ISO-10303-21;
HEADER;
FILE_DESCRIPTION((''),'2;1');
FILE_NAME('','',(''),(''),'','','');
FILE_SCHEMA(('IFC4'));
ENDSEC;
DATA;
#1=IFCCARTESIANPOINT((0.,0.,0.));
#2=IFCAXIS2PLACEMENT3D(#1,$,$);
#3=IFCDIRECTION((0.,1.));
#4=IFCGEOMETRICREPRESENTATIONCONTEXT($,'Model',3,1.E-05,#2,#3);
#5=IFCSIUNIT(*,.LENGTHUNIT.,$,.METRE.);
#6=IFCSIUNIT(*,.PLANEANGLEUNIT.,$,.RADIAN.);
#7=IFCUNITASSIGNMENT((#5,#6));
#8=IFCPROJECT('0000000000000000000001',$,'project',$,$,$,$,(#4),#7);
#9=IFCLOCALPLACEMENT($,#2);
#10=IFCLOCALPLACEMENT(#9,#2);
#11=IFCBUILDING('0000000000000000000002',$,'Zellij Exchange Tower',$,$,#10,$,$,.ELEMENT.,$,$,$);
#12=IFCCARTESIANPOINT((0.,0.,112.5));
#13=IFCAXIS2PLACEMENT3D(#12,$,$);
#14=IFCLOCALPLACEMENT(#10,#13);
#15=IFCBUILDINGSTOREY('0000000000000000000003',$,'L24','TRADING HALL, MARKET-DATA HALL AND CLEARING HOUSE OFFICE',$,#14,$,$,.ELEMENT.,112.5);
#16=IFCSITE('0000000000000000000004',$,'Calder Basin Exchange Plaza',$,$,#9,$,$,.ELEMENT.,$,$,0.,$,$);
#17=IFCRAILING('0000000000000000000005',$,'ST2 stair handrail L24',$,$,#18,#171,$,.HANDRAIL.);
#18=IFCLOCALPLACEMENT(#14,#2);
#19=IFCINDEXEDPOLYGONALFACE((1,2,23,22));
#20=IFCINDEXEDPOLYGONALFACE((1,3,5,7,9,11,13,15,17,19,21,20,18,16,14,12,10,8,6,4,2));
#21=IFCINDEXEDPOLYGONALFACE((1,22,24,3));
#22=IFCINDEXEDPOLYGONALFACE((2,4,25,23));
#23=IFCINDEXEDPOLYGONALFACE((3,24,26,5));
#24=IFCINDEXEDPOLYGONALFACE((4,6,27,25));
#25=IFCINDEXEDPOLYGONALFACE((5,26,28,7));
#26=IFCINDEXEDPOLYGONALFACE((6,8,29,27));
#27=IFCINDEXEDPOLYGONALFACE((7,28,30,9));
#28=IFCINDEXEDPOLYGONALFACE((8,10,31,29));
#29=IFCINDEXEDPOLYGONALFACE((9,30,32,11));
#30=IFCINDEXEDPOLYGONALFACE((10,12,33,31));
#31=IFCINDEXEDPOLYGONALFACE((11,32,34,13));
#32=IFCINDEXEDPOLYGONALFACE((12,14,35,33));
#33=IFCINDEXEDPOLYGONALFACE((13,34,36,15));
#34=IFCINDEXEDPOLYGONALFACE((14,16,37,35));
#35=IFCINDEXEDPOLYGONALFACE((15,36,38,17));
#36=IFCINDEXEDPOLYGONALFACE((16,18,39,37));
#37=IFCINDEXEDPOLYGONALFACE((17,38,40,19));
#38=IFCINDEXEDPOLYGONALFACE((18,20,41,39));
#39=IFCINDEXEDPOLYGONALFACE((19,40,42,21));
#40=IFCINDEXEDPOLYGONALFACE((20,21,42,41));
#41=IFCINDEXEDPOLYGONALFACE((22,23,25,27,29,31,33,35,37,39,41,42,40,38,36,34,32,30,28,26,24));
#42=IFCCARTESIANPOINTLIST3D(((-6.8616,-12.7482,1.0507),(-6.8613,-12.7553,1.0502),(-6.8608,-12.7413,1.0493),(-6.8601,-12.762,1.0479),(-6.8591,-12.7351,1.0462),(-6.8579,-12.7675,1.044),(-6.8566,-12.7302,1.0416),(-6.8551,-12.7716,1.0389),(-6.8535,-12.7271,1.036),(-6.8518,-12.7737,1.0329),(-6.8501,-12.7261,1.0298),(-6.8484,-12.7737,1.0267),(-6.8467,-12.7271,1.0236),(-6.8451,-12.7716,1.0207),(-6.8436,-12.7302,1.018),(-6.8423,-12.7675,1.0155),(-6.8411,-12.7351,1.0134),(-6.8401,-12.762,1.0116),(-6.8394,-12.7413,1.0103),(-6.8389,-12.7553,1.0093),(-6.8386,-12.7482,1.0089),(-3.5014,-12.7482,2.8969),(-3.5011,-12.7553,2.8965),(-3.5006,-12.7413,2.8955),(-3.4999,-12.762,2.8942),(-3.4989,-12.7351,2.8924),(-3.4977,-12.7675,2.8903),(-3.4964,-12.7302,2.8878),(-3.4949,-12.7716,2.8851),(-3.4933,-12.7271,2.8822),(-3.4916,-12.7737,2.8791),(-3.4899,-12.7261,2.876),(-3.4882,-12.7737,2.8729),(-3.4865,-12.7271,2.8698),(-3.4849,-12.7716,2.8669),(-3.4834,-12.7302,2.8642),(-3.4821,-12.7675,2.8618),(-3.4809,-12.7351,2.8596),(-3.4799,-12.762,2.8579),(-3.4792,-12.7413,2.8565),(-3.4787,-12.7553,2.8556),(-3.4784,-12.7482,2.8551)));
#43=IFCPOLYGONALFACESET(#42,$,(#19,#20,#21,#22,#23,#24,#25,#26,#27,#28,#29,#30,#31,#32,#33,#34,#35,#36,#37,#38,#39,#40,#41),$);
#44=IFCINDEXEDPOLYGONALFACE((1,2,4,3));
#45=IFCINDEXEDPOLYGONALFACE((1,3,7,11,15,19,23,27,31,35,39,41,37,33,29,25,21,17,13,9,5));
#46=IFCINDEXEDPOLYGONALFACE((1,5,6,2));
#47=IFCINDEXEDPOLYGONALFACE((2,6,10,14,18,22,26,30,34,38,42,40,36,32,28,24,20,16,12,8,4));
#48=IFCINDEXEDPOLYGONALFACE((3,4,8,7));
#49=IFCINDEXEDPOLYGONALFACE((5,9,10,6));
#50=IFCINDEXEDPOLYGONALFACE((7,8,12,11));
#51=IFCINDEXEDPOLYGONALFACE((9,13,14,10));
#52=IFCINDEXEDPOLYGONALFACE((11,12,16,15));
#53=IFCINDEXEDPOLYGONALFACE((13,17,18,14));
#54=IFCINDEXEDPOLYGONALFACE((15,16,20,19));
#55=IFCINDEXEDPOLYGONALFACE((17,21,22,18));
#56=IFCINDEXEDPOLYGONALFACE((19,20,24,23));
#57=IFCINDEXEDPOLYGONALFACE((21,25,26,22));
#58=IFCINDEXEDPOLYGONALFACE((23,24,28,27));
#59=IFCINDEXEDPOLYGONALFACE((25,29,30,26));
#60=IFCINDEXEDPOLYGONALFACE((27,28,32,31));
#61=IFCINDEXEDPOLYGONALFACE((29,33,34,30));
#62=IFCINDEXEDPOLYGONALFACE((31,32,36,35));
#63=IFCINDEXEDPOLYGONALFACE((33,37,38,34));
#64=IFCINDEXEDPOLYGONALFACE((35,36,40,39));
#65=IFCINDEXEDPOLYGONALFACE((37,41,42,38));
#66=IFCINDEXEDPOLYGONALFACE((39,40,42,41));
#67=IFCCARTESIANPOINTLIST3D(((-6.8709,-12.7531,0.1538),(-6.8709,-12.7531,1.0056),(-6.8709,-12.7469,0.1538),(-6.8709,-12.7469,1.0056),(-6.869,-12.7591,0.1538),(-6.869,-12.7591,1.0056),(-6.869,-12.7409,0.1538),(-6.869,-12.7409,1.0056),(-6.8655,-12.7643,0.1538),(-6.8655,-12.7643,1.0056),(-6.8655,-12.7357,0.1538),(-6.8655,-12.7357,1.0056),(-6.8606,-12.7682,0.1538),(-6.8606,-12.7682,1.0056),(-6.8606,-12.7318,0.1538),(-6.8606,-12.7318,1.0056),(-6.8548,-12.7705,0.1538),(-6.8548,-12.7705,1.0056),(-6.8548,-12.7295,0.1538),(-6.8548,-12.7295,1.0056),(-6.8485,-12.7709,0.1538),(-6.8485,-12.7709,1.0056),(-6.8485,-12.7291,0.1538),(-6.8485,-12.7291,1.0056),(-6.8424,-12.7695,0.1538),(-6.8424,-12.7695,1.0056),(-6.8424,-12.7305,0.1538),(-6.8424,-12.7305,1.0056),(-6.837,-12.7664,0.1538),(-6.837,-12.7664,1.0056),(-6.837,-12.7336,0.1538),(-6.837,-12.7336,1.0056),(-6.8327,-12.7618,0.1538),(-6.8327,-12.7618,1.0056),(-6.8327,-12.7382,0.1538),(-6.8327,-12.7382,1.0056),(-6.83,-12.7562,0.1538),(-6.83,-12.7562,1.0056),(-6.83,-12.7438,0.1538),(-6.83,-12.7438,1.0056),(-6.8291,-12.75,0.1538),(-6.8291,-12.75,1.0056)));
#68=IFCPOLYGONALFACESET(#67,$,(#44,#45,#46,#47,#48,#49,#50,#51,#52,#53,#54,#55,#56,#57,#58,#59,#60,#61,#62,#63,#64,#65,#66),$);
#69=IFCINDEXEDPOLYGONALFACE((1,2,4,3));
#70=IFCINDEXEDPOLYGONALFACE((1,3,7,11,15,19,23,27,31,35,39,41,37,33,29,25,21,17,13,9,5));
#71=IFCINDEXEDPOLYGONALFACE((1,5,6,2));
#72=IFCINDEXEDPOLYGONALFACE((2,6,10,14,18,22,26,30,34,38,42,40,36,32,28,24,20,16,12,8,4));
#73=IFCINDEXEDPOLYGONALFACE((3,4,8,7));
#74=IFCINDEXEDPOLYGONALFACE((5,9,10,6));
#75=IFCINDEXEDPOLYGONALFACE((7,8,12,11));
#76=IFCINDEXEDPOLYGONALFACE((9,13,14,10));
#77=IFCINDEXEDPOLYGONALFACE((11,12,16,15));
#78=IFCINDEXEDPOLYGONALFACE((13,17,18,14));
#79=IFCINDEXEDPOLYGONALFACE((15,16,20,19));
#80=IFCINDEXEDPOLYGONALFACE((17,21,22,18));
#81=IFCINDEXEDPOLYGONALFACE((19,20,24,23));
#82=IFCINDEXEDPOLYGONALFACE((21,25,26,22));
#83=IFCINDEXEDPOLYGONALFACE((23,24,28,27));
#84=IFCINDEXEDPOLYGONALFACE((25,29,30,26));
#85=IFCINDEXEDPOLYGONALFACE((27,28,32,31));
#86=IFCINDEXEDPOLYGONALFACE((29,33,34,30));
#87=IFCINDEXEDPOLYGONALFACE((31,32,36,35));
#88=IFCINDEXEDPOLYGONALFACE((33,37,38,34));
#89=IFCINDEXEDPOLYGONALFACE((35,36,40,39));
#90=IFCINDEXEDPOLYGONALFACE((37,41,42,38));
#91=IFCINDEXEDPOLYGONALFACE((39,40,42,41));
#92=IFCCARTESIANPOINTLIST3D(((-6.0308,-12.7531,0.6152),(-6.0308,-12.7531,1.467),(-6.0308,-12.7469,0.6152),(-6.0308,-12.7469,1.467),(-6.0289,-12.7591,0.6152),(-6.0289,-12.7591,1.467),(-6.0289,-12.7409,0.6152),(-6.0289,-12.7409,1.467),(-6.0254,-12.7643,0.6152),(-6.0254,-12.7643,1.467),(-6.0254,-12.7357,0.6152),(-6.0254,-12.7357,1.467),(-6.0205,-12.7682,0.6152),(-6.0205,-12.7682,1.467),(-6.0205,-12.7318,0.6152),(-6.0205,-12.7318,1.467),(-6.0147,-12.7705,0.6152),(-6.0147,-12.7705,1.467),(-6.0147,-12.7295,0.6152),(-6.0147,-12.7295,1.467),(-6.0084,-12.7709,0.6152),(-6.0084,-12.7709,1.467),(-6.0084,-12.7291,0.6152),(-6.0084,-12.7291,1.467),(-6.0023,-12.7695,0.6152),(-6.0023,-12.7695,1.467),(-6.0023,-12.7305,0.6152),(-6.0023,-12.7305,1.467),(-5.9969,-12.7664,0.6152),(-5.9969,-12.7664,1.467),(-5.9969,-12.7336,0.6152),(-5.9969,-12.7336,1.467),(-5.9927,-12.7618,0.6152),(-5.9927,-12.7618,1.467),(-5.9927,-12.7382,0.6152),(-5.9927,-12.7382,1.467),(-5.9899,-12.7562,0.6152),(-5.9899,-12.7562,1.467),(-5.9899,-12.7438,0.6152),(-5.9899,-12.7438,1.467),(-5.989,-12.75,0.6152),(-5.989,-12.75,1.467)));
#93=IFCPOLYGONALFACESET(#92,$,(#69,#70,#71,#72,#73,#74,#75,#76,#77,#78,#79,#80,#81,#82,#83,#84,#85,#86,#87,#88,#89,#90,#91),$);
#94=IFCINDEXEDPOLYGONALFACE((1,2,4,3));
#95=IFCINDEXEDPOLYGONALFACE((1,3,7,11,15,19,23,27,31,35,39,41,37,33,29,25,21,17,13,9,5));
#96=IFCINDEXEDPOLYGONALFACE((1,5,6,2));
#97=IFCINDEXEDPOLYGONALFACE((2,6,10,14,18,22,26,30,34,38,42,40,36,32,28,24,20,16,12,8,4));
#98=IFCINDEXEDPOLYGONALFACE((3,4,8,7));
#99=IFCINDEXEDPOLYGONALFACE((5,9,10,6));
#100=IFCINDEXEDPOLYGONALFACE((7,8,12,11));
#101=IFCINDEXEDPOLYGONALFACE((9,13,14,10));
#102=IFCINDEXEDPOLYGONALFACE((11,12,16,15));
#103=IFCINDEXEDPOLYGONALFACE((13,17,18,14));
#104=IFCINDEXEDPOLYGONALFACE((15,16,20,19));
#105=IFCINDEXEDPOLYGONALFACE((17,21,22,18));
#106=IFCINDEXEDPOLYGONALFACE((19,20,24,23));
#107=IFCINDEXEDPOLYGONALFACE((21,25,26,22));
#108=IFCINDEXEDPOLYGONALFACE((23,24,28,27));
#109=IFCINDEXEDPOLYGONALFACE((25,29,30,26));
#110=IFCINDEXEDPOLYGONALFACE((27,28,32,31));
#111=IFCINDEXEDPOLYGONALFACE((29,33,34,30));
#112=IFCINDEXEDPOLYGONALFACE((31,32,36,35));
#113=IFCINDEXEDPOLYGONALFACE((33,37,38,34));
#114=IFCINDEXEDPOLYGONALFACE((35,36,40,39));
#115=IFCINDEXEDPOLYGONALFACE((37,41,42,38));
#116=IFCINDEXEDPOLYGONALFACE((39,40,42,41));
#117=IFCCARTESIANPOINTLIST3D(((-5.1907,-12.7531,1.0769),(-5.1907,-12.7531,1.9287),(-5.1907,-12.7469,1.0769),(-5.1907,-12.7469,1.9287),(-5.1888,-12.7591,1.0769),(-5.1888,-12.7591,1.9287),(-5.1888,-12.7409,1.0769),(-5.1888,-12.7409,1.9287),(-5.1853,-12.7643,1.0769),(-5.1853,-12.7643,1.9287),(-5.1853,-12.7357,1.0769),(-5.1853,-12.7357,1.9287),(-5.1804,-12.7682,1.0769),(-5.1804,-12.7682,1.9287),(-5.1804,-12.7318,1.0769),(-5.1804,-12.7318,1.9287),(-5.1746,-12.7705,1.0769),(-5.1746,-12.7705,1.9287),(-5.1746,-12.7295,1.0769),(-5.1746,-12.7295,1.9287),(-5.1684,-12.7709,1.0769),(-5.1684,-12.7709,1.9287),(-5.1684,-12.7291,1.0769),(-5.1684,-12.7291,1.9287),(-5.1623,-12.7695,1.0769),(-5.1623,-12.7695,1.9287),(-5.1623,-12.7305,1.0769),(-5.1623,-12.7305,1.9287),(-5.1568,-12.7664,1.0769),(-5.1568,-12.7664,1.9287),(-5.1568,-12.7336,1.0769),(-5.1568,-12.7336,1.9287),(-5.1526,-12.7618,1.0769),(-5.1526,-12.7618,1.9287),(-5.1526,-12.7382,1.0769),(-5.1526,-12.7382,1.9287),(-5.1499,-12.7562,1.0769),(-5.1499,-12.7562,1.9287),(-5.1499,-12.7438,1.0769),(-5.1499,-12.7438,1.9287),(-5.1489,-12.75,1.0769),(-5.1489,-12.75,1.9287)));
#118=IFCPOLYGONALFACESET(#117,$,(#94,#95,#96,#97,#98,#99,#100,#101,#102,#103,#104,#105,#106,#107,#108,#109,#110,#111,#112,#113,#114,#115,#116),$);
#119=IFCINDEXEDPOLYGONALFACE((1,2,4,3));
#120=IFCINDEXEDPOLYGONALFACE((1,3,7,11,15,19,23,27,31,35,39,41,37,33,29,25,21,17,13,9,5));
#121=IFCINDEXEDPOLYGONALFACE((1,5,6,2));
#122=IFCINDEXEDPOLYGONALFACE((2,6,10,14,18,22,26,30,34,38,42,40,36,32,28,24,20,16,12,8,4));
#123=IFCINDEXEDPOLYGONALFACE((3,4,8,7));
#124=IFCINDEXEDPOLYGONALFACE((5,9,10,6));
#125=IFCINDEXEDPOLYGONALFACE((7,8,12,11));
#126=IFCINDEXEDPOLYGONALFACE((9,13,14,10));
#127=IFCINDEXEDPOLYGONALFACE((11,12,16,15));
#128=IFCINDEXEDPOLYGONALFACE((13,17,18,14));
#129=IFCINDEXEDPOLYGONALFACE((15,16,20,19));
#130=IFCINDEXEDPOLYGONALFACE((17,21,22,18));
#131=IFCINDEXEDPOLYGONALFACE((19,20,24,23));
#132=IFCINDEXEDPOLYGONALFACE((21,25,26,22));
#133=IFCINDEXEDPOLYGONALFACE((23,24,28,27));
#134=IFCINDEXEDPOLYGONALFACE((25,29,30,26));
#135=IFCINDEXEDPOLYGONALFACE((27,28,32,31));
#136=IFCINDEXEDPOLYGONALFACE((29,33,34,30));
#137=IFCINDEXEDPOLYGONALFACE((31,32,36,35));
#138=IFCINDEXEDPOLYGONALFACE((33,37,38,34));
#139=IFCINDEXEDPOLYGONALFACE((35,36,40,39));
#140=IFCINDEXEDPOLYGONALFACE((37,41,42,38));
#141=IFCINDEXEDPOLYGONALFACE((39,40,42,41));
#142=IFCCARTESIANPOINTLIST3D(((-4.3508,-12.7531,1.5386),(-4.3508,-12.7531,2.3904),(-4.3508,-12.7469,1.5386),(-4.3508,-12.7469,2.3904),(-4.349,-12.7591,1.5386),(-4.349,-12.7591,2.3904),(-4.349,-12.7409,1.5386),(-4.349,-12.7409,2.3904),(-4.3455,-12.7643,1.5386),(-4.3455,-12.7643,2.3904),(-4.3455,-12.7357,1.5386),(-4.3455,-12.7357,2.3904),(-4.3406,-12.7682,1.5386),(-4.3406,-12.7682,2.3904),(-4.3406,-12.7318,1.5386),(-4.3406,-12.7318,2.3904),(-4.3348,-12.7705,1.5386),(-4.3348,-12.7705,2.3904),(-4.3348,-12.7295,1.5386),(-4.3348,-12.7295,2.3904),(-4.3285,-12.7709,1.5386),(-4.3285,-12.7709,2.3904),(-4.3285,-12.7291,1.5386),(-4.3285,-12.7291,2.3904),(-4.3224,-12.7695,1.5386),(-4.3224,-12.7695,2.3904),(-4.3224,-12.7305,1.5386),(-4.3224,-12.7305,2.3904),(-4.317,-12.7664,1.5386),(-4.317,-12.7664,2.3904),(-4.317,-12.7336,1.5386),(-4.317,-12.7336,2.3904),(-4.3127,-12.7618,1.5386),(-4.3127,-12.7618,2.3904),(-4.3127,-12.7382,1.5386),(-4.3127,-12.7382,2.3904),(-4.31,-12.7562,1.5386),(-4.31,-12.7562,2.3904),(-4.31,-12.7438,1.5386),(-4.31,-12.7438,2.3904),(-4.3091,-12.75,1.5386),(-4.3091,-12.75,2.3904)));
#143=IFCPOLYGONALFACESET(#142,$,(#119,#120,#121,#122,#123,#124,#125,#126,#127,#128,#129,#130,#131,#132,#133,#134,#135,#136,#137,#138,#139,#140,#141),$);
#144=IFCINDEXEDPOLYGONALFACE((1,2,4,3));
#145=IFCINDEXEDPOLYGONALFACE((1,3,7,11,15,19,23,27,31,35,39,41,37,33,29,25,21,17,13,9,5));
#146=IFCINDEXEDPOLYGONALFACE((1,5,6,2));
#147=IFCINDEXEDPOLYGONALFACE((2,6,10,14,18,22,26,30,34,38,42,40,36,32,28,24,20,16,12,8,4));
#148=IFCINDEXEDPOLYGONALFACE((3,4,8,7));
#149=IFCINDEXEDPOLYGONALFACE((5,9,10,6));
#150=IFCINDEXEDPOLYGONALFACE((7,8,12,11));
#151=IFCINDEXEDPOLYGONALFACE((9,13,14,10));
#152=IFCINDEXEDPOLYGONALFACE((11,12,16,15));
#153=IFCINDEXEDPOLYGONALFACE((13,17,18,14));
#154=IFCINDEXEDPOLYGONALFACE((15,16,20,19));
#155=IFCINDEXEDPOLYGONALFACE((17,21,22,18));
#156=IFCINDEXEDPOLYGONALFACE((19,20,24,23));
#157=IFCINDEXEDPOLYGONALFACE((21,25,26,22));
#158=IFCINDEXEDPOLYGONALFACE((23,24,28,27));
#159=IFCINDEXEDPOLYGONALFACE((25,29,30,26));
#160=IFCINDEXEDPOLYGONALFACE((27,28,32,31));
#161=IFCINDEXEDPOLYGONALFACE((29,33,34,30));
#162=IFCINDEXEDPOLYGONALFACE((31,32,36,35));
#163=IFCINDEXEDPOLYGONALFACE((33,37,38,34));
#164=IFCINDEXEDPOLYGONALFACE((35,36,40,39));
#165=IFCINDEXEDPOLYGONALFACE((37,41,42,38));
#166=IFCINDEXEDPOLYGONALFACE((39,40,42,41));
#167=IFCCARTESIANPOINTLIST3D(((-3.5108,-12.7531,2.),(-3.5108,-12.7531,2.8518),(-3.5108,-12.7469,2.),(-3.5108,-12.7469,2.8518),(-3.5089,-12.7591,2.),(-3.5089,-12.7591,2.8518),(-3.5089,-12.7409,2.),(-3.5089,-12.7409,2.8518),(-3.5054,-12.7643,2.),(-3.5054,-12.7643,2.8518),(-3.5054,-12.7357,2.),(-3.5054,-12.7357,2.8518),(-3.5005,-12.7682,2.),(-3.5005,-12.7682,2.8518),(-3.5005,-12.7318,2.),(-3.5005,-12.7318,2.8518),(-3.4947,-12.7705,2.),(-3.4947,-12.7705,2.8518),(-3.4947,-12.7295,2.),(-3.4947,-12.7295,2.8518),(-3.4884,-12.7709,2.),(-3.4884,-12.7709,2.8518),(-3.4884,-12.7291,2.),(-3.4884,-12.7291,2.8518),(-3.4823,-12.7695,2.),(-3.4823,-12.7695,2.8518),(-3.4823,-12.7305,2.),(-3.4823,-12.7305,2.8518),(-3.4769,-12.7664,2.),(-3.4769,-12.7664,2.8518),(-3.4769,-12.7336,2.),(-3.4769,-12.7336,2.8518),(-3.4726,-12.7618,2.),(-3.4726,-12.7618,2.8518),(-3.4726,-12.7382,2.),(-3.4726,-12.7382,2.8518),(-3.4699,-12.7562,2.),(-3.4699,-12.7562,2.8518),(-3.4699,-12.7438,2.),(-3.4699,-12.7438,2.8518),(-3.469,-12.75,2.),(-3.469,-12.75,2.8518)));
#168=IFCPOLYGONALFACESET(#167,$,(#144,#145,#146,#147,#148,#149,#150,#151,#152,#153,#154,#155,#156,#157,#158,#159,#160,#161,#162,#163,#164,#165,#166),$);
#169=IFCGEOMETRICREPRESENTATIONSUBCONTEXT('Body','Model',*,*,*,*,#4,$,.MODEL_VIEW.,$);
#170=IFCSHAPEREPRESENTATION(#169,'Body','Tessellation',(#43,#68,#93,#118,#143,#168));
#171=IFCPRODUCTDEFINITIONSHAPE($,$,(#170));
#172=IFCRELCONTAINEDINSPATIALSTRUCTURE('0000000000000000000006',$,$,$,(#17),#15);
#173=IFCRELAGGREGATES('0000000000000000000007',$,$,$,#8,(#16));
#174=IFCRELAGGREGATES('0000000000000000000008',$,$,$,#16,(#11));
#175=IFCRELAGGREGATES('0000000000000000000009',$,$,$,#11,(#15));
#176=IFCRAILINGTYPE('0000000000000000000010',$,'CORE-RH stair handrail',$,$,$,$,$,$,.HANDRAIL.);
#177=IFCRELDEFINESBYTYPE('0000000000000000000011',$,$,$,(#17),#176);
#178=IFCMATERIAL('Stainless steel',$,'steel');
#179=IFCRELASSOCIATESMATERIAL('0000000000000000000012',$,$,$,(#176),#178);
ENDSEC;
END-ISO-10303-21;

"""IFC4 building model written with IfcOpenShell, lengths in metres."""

from ifc_helpers import new_model, si_unit, direction, frame, origin, origin_2d, place, context, subcontext, project, spatial, circle, extrude, material, type_object, element, save


model = new_model("IFC4")

# Units and contexts
model_context = context("Model", 3, precision=1e-05, world=origin(), true_north=direction((0.0, 1.0)))
body_context = subcontext(model_context, "Body", "Model", "MODEL_VIEW")
ifc_project = project(units=[si_unit("LENGTHUNIT", "METRE"), si_unit("PLANEANGLEUNIT", "RADIAN")], contexts=[model_context])

# Site, building, storey
site_placement = place(None, origin())
site = spatial("IfcSite", under=ifc_project, at=site_placement, Name="Calder Basin Exchange Plaza", CompositionType="ELEMENT", RefElevation=0.0)
building_placement = place(site_placement, origin())
building = spatial("IfcBuilding", under=site, at=building_placement, Name="Zellij Exchange Tower", CompositionType="ELEMENT")
storey_placement = place(building_placement, frame((0.0, 0.0, 112.5)))
storey = spatial("IfcBuildingStorey", under=building, at=storey_placement, Name="L24", Description="TRADING HALL, MARKET-DATA HALL AND CLEARING HOUSE OFFICE", CompositionType="ELEMENT", Elevation=112.5)

# Railing
ifc_material_1 = material(Name="Stainless steel", Category="steel")
railing_type_1 = type_object("IfcRailingType", Name="CORE-RH stair handrail", PredefinedType="HANDRAIL", material=ifc_material_1)
railing_1_placement = place(storey_placement, frame((-6.8501, -12.75, 0.1538)))
element("IfcRailing", 1, at=railing_1_placement, inside=storey, type_object=railing_type_1, Name="ST2 stair handrail L24", PredefinedType="HANDRAIL", context=body_context, shape_type="SweptSolid", body=[
    extrude(circle(Radius=0.0239, at=origin_2d()), frame((0.0, 0.0, 0.876), z_axis=(0.876422, 0.0, 0.481545), x_axis=(0.0, 1.0, 0.0)), (0.0, 0.0, 1.0), 3.834),
    extrude(circle(Radius=0.021, at=origin_2d()), origin(), (0.0, 0.0, 1.0), 0.8518),
    extrude(circle(Radius=0.021, at=origin_2d()), frame((0.8401, 0.0, 0.4614)), (0.0, 0.0, 1.0), 0.8518),
    extrude(circle(Radius=0.021, at=origin_2d()), frame((1.6802, 0.0, 0.9231)), (0.0, 0.0, 1.0), 0.8518),
    extrude(circle(Radius=0.021, at=origin_2d()), frame((2.52, 0.0, 1.3848)), (0.0, 0.0, 1.0), 0.8518),
    extrude(circle(Radius=0.021, at=origin_2d()), frame((3.3601, 0.0, 1.8462)), (0.0, 0.0, 1.0), 0.8518),
])

save(model, "model.ifc")
